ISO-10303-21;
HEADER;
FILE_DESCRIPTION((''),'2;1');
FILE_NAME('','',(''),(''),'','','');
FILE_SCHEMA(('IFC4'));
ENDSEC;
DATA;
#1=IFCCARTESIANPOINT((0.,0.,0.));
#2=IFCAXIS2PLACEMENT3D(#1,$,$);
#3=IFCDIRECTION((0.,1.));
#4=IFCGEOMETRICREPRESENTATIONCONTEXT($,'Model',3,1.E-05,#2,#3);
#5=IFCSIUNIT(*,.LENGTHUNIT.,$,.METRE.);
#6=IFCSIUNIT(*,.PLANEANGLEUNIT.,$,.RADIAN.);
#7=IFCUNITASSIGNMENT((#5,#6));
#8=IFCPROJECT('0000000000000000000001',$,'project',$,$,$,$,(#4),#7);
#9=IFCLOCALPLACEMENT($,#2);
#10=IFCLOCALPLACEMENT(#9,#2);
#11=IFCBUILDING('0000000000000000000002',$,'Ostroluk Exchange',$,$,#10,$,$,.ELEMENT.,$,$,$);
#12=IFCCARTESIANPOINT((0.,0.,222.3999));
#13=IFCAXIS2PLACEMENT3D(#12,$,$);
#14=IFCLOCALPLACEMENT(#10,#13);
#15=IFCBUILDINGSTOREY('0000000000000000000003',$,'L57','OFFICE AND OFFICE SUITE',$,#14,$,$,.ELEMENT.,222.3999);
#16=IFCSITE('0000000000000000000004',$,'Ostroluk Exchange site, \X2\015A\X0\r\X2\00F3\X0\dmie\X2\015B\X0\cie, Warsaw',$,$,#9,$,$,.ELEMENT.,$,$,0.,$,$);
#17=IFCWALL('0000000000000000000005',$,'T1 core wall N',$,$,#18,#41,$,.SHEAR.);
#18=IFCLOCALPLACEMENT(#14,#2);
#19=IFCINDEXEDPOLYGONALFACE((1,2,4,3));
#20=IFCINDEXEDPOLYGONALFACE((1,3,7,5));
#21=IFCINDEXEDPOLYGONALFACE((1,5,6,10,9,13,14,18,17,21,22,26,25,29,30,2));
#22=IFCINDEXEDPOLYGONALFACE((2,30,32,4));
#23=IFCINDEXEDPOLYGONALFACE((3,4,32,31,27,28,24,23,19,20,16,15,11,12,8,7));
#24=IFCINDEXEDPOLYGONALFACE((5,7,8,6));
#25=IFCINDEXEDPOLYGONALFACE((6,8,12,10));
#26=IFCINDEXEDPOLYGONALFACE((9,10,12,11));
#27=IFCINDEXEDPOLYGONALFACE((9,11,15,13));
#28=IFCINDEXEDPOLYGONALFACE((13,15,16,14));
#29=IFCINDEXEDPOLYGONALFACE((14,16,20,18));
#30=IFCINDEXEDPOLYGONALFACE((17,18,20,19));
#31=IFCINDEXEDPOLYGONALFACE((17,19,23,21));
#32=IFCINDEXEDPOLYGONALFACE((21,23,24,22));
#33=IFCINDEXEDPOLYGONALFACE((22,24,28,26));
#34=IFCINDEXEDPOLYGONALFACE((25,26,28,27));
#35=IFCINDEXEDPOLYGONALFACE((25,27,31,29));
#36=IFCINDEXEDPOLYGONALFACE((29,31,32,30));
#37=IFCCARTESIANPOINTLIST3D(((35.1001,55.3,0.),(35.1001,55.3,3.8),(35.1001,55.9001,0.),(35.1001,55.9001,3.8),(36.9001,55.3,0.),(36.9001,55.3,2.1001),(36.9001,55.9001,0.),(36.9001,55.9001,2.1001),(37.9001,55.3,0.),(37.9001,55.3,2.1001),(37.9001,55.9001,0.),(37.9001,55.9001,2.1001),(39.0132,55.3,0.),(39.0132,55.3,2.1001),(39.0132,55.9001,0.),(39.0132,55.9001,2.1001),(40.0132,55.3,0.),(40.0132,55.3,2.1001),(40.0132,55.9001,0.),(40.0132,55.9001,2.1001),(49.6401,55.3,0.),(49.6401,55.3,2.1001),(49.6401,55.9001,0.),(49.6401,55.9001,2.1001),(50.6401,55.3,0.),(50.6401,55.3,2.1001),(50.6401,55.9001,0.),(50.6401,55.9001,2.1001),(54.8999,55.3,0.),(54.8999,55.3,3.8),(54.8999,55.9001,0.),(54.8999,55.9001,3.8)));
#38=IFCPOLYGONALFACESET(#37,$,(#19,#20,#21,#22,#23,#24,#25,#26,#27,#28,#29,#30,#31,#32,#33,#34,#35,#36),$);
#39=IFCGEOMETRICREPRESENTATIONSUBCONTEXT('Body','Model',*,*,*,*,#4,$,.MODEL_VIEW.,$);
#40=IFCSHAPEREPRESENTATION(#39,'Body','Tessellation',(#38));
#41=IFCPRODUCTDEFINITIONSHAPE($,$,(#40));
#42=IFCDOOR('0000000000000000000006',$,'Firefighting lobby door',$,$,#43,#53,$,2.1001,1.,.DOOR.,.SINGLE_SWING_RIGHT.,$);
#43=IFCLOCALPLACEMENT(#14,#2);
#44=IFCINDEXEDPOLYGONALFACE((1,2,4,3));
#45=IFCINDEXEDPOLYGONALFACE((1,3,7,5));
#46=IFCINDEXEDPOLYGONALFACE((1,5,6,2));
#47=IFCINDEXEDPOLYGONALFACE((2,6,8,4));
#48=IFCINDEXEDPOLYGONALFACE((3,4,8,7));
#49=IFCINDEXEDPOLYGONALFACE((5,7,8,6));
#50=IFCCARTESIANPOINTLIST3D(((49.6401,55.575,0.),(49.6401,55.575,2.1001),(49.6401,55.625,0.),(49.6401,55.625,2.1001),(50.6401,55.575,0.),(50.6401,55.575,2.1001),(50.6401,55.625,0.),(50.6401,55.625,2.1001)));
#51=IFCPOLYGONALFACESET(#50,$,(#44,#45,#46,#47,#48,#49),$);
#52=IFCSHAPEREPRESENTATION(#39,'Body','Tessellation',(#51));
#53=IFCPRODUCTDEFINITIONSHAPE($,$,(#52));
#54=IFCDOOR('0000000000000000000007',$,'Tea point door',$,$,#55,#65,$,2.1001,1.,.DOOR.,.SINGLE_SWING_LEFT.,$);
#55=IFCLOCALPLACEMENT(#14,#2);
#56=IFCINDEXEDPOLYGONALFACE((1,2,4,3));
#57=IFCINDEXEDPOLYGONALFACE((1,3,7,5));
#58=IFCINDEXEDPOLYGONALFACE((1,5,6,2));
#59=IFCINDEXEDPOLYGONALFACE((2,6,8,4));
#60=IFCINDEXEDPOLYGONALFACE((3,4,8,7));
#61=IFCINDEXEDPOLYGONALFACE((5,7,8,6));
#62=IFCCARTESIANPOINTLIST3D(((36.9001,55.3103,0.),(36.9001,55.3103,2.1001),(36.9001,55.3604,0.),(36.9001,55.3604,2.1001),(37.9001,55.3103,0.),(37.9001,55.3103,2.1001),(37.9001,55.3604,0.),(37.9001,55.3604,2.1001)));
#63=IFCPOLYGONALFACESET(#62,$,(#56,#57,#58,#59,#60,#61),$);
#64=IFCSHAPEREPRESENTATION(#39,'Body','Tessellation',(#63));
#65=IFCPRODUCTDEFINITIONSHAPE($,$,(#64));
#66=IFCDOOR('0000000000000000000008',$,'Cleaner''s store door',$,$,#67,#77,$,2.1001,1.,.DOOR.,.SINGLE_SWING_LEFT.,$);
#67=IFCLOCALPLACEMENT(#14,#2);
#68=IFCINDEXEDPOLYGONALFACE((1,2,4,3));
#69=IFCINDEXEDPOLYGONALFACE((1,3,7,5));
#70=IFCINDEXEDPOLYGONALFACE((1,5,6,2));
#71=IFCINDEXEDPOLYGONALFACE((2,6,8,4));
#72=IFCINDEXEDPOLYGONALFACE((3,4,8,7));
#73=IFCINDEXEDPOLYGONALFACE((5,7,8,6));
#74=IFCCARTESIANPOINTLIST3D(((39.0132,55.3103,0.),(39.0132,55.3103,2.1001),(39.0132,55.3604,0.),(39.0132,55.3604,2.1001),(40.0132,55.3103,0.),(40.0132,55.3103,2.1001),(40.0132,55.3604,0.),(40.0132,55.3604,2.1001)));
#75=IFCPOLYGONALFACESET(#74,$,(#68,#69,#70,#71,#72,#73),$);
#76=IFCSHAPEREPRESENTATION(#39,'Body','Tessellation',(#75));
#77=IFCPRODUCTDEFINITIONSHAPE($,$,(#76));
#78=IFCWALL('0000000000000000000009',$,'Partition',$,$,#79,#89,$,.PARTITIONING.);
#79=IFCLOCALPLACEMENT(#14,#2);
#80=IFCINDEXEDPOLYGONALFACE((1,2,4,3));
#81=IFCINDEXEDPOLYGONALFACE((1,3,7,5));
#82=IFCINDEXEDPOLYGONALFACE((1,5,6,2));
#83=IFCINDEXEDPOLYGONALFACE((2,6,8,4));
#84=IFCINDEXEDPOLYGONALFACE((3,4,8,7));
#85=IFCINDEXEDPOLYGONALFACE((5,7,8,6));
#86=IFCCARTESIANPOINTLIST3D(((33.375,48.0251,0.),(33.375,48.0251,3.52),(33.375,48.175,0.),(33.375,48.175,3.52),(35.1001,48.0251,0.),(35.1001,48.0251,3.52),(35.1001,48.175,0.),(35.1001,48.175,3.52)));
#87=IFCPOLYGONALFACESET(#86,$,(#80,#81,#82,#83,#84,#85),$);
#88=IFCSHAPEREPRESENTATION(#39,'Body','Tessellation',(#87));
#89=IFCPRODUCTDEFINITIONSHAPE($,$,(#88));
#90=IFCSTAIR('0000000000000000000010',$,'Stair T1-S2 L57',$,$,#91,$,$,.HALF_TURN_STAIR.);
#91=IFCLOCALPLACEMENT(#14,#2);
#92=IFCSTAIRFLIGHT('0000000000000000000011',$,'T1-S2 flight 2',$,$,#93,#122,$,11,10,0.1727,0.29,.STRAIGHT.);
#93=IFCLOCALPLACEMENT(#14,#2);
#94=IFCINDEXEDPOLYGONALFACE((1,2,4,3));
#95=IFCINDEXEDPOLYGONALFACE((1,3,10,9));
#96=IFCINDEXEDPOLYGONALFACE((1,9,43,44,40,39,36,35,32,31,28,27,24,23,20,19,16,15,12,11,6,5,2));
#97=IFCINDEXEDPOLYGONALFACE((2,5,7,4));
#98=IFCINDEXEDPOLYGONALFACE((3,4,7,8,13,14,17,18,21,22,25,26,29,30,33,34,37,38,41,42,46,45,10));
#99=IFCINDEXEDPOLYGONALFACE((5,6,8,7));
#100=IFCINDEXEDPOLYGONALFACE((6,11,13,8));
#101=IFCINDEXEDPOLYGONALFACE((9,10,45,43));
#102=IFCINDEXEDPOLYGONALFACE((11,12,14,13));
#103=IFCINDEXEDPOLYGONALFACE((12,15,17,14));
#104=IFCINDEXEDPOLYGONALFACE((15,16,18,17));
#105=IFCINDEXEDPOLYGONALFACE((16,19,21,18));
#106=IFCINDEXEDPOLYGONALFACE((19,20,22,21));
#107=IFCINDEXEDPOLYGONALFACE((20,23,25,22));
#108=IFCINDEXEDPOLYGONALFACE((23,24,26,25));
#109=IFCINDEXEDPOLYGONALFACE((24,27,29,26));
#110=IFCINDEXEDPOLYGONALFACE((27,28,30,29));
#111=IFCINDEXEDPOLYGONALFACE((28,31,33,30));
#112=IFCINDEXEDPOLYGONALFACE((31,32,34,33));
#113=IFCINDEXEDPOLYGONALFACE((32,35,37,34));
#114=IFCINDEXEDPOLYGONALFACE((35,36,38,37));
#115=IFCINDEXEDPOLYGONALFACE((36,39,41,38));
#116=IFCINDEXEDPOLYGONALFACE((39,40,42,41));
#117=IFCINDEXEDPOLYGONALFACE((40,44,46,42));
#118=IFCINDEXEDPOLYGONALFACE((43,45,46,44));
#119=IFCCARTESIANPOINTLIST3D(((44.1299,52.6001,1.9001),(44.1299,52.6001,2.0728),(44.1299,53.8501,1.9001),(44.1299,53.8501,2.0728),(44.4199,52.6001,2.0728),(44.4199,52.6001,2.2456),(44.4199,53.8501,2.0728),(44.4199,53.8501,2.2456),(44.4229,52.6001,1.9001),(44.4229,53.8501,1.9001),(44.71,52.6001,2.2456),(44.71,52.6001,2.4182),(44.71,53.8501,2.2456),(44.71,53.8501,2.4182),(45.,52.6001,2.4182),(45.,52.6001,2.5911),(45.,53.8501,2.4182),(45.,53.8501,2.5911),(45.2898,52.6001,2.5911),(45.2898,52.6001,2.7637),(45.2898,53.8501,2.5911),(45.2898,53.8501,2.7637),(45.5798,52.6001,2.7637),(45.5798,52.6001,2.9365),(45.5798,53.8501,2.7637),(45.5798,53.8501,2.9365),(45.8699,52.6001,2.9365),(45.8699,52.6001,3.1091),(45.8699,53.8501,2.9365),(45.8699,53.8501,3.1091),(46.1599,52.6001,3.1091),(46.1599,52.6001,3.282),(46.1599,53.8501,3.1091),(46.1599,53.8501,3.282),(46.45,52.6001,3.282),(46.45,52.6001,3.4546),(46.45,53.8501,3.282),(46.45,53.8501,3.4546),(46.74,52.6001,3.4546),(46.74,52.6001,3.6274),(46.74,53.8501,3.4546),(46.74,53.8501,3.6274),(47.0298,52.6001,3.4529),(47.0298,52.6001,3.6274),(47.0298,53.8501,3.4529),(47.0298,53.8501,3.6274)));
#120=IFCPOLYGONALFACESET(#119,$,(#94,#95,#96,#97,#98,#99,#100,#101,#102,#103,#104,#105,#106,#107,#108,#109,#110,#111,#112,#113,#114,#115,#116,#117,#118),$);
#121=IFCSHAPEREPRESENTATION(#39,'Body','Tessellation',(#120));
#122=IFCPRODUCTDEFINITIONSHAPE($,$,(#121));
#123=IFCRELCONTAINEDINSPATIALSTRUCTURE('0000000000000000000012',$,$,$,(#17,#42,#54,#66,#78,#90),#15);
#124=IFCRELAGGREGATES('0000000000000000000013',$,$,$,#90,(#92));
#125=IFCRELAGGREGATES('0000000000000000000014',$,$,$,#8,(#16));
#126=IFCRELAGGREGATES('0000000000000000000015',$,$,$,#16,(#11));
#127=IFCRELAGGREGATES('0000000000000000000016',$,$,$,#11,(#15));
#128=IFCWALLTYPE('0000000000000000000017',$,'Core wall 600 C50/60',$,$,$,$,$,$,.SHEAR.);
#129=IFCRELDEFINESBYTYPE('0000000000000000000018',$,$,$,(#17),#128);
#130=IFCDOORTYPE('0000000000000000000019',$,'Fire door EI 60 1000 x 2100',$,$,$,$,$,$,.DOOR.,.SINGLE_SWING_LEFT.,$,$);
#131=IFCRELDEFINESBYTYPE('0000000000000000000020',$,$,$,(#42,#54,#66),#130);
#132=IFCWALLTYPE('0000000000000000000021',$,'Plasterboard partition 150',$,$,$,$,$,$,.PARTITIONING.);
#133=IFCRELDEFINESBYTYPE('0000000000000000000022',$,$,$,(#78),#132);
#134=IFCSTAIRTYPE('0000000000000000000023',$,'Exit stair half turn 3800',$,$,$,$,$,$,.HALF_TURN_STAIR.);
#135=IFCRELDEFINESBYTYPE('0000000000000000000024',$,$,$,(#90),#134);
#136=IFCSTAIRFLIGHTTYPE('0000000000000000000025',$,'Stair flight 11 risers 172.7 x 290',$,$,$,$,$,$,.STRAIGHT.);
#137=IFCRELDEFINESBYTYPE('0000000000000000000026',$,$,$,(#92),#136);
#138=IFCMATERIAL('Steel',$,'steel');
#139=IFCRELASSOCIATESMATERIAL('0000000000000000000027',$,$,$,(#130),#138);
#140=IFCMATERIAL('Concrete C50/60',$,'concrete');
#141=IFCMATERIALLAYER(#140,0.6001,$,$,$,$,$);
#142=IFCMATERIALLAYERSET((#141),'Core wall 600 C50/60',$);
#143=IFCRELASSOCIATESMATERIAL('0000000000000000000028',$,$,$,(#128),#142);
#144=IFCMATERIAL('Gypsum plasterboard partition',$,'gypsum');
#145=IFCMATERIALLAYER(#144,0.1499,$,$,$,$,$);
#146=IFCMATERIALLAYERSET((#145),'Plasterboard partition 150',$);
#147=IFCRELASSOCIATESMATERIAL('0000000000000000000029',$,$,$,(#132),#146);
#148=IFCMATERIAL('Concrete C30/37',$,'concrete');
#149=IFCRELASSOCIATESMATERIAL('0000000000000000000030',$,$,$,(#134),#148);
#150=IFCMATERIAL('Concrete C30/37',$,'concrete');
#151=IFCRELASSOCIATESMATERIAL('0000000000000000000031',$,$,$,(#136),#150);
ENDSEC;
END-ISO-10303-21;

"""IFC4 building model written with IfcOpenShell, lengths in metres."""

from ifc_helpers import new_model, si_unit, direction, frame, frame_2d, origin, place, context, subcontext, project, spatial, polyline, rectangle, outline, extrude, material, layer, layer_set, type_object, element, fill, aggregate, save


model = new_model("IFC4")

# Units and contexts
model_context = context("Model", 3, precision=1e-05, world=origin(), true_north=direction((0.0, 1.0)))
body_context = subcontext(model_context, "Body", "Model", "MODEL_VIEW")
ifc_project = project(units=[si_unit("LENGTHUNIT", "METRE"), si_unit("PLANEANGLEUNIT", "RADIAN")], contexts=[model_context])

# Site, building, storey
site_placement = place(None, origin())
site = spatial("IfcSite", under=ifc_project, at=site_placement, Name="Ostroluk Exchange site, Śródmieście, Warsaw", CompositionType="ELEMENT", RefElevation=0.0)
building_placement = place(site_placement, origin())
building = spatial("IfcBuilding", under=site, at=building_placement, Name="Ostroluk Exchange", CompositionType="ELEMENT")
storey_placement = place(building_placement, frame((0.0, 0.0, 222.3999)))
storey = spatial("IfcBuildingStorey", under=building, at=storey_placement, Name="L57", Description="OFFICE AND OFFICE SUITE", CompositionType="ELEMENT", Elevation=222.3999)

# Wall, openings, doors
ifc_material_1 = material(Name="Steel", Category="steel")
door_type_1 = type_object("IfcDoorType", Name="Fire door EI 60 1000 x 2100", OperationType="SINGLE_SWING_LEFT", PredefinedType="DOOR", material=ifc_material_1)
ifc_material_2 = material(Name="Concrete C50/60", Category="concrete")
ifc_layer_1 = layer(ifc_material_2, 0.6001)
ifc_layer_set_1 = layer_set([ifc_layer_1], Name="Core wall 600 C50/60")
wall_type_1 = type_object("IfcWallType", Name="Core wall 600 C50/60", PredefinedType="SHEAR", material=ifc_layer_set_1)
wall_1_placement = place(storey_placement, frame((35.1001, 55.6001, 0.0), z_axis=(0.0, 0.0, 1.0), x_axis=(1.0, 0.0, 0.0)))
wall_1 = element("IfcWall", 1, at=wall_1_placement, inside=storey, type_object=wall_type_1, Name="T1 core wall N", PredefinedType="SHEAR", context=body_context, shape_type="SweptSolid", body=[
    extrude(rectangle(XDim=19.7998, YDim=0.6001, at=frame_2d((9.8999, 0.0))), origin(), (0.0, 0.0, 1.0), 3.8),
])
opening_1_placement = place(wall_1_placement, frame((14.54, 0.0, 0.0)))
opening_1 = element("IfcOpeningElement", 2, at=opening_1_placement, cuts=wall_1, PredefinedType="OPENING", context=body_context, shape_type="SweptSolid", body=[
    extrude(rectangle(XDim=1.0, YDim=2.1001, at=frame_2d((0.5, 1.05))), frame((0.0, 0.3101, 0.0), z_axis=(0.0, -1.0, 0.0), x_axis=(1.0, 0.0, 0.0)), (0.0, 0.0, 1.0), 0.6201),
])
opening_2_placement = place(wall_1_placement, frame((1.8, 0.0, 0.0)))
opening_2 = element("IfcOpeningElement", 3, at=opening_2_placement, cuts=wall_1, PredefinedType="OPENING", context=body_context, shape_type="SweptSolid", body=[
    extrude(rectangle(XDim=1.0, YDim=2.1001, at=frame_2d((0.5, 1.05))), frame((0.0, 0.3101, 0.0), z_axis=(0.0, -1.0, 0.0), x_axis=(1.0, 0.0, 0.0)), (0.0, 0.0, 1.0), 0.6201),
])
opening_3_placement = place(wall_1_placement, frame((3.9131, 0.0, 0.0)))
opening_3 = element("IfcOpeningElement", 4, at=opening_3_placement, cuts=wall_1, PredefinedType="OPENING", context=body_context, shape_type="SweptSolid", body=[
    extrude(rectangle(XDim=1.0, YDim=2.1001, at=frame_2d((0.5, 1.05))), frame((0.0, 0.3101, 0.0), z_axis=(0.0, -1.0, 0.0), x_axis=(1.0, 0.0, 0.0)), (0.0, 0.0, 1.0), 0.6201),
])
door_1_placement = place(opening_1_placement, origin())
door_1 = element("IfcDoor", 5, at=door_1_placement, inside=storey, type_object=door_type_1, Name="Firefighting lobby door", OperationType="SINGLE_SWING_RIGHT", OverallHeight=2.1001, OverallWidth=1.0, PredefinedType="DOOR", context=body_context, shape_type="SweptSolid", body=[
    extrude(rectangle(XDim=1.0, YDim=2.1001, at=frame_2d((0.5, 1.05))), frame((0.0, 0.0249, 0.0), z_axis=(0.0, -1.0, 0.0), x_axis=(1.0, 0.0, 0.0)), (0.0, 0.0, 1.0), 0.05),
])
fill(opening_1, door_1)
door_2_placement = place(opening_2_placement, origin())
door_2 = element("IfcDoor", 6, at=door_2_placement, inside=storey, type_object=door_type_1, Name="Tea point door", OperationType="SINGLE_SWING_LEFT", OverallHeight=2.1001, OverallWidth=1.0, PredefinedType="DOOR", context=body_context, shape_type="SweptSolid", body=[
    extrude(rectangle(XDim=1.0, YDim=2.1001, at=frame_2d((0.5, 1.05))), frame((0.0, -0.2397, 0.0), z_axis=(0.0, -1.0, 0.0), x_axis=(1.0, 0.0, 0.0)), (0.0, 0.0, 1.0), 0.05),
])
fill(opening_2, door_2)
door_3_placement = place(opening_3_placement, origin())
door_3 = element("IfcDoor", 7, at=door_3_placement, inside=storey, type_object=door_type_1, Name="Cleaner's store door", OperationType="SINGLE_SWING_LEFT", OverallHeight=2.1001, OverallWidth=1.0, PredefinedType="DOOR", context=body_context, shape_type="SweptSolid", body=[
    extrude(rectangle(XDim=1.0, YDim=2.1001, at=frame_2d((0.5, 1.05))), frame((0.0, -0.2397, 0.0), z_axis=(0.0, -1.0, 0.0), x_axis=(1.0, 0.0, 0.0)), (0.0, 0.0, 1.0), 0.05),
])
fill(opening_3, door_3)

# Wall
ifc_material_3 = material(Name="Gypsum plasterboard partition", Category="gypsum")
ifc_layer_2 = layer(ifc_material_3, 0.1499)
ifc_layer_set_2 = layer_set([ifc_layer_2], Name="Plasterboard partition 150")
wall_type_2 = type_object("IfcWallType", Name="Plasterboard partition 150", PredefinedType="PARTITIONING", material=ifc_layer_set_2)
wall_2_placement = place(storey_placement, frame((35.1001, 48.1001, 0.0), z_axis=(0.0, 0.0, 1.0), x_axis=(-1.0, 0.0, 0.0)))
element("IfcWall", 8, at=wall_2_placement, inside=storey, type_object=wall_type_2, Name="Partition", PredefinedType="PARTITIONING", context=body_context, shape_type="SweptSolid", body=[
    extrude(rectangle(XDim=1.7251, YDim=0.1499, at=frame_2d((0.8625, 0.0))), origin(), (0.0, 0.0, 1.0), 3.52),
])

# Stair, stair flight
ifc_material_4 = material(Name="Concrete C30/37", Category="concrete")
stair_type = type_object("IfcStairType", Name="Exit stair half turn 3800", PredefinedType="HALF_TURN_STAIR", material=ifc_material_4)
stair_placement = place(storey_placement, origin())
stair = element("IfcStair", 9, at=stair_placement, inside=storey, type_object=stair_type, Name="Stair T1-S2 L57", PredefinedType="HALF_TURN_STAIR")
ifc_material_5 = material(Name="Concrete C30/37", Category="concrete")
stair_flight_type = type_object("IfcStairFlightType", Name="Stair flight 11 risers 172.7 x 290", PredefinedType="STRAIGHT", material=ifc_material_5)
stair_flight_placement = place(storey_placement, frame((44.1299, 53.2251, 1.9001), z_axis=(0.0, 0.0, 1.0), x_axis=(1.0, 0.0, 0.0)))
stair_flight = element("IfcStairFlight", 10, at=stair_flight_placement, type_object=stair_flight_type, Name="T1-S2 flight 2", NumberOfRisers=11, NumberOfTreads=10, PredefinedType="STRAIGHT", RiserHeight=0.1727, TreadLength=0.29, context=body_context, shape_type="SweptSolid", body=[
    extrude(outline(polyline([(0.0, 0.0), (0.0, 0.1726), (0.29, 0.1726), (0.29, 0.3455), (0.5801, 0.3455), (0.5801, 0.5181), (0.8701, 0.5181), (0.8701, 0.6909), (1.1599, 0.6909), (1.1599, 0.8635), (1.45, 0.8635), (1.45, 1.0364), (1.74, 1.0364), (1.74, 1.209), (2.03, 1.209), (2.03, 1.3818), (2.3201, 1.3818), (2.3201, 1.5544), (2.6101, 1.5544), (2.6101, 1.7273), (2.8999, 1.7273), (2.8999, 1.8999), (2.8999, 1.5527), (0.293, 0.0), (0.0, 0.0)])), frame((0.0, 0.625, 0.0), z_axis=(0.0, -1.0, 0.0), x_axis=(1.0, 0.0, 0.0)), (0.0, 0.0, 1.0), 1.25),
])
aggregate(stair, [stair_flight])

save(model, "model.ifc")
